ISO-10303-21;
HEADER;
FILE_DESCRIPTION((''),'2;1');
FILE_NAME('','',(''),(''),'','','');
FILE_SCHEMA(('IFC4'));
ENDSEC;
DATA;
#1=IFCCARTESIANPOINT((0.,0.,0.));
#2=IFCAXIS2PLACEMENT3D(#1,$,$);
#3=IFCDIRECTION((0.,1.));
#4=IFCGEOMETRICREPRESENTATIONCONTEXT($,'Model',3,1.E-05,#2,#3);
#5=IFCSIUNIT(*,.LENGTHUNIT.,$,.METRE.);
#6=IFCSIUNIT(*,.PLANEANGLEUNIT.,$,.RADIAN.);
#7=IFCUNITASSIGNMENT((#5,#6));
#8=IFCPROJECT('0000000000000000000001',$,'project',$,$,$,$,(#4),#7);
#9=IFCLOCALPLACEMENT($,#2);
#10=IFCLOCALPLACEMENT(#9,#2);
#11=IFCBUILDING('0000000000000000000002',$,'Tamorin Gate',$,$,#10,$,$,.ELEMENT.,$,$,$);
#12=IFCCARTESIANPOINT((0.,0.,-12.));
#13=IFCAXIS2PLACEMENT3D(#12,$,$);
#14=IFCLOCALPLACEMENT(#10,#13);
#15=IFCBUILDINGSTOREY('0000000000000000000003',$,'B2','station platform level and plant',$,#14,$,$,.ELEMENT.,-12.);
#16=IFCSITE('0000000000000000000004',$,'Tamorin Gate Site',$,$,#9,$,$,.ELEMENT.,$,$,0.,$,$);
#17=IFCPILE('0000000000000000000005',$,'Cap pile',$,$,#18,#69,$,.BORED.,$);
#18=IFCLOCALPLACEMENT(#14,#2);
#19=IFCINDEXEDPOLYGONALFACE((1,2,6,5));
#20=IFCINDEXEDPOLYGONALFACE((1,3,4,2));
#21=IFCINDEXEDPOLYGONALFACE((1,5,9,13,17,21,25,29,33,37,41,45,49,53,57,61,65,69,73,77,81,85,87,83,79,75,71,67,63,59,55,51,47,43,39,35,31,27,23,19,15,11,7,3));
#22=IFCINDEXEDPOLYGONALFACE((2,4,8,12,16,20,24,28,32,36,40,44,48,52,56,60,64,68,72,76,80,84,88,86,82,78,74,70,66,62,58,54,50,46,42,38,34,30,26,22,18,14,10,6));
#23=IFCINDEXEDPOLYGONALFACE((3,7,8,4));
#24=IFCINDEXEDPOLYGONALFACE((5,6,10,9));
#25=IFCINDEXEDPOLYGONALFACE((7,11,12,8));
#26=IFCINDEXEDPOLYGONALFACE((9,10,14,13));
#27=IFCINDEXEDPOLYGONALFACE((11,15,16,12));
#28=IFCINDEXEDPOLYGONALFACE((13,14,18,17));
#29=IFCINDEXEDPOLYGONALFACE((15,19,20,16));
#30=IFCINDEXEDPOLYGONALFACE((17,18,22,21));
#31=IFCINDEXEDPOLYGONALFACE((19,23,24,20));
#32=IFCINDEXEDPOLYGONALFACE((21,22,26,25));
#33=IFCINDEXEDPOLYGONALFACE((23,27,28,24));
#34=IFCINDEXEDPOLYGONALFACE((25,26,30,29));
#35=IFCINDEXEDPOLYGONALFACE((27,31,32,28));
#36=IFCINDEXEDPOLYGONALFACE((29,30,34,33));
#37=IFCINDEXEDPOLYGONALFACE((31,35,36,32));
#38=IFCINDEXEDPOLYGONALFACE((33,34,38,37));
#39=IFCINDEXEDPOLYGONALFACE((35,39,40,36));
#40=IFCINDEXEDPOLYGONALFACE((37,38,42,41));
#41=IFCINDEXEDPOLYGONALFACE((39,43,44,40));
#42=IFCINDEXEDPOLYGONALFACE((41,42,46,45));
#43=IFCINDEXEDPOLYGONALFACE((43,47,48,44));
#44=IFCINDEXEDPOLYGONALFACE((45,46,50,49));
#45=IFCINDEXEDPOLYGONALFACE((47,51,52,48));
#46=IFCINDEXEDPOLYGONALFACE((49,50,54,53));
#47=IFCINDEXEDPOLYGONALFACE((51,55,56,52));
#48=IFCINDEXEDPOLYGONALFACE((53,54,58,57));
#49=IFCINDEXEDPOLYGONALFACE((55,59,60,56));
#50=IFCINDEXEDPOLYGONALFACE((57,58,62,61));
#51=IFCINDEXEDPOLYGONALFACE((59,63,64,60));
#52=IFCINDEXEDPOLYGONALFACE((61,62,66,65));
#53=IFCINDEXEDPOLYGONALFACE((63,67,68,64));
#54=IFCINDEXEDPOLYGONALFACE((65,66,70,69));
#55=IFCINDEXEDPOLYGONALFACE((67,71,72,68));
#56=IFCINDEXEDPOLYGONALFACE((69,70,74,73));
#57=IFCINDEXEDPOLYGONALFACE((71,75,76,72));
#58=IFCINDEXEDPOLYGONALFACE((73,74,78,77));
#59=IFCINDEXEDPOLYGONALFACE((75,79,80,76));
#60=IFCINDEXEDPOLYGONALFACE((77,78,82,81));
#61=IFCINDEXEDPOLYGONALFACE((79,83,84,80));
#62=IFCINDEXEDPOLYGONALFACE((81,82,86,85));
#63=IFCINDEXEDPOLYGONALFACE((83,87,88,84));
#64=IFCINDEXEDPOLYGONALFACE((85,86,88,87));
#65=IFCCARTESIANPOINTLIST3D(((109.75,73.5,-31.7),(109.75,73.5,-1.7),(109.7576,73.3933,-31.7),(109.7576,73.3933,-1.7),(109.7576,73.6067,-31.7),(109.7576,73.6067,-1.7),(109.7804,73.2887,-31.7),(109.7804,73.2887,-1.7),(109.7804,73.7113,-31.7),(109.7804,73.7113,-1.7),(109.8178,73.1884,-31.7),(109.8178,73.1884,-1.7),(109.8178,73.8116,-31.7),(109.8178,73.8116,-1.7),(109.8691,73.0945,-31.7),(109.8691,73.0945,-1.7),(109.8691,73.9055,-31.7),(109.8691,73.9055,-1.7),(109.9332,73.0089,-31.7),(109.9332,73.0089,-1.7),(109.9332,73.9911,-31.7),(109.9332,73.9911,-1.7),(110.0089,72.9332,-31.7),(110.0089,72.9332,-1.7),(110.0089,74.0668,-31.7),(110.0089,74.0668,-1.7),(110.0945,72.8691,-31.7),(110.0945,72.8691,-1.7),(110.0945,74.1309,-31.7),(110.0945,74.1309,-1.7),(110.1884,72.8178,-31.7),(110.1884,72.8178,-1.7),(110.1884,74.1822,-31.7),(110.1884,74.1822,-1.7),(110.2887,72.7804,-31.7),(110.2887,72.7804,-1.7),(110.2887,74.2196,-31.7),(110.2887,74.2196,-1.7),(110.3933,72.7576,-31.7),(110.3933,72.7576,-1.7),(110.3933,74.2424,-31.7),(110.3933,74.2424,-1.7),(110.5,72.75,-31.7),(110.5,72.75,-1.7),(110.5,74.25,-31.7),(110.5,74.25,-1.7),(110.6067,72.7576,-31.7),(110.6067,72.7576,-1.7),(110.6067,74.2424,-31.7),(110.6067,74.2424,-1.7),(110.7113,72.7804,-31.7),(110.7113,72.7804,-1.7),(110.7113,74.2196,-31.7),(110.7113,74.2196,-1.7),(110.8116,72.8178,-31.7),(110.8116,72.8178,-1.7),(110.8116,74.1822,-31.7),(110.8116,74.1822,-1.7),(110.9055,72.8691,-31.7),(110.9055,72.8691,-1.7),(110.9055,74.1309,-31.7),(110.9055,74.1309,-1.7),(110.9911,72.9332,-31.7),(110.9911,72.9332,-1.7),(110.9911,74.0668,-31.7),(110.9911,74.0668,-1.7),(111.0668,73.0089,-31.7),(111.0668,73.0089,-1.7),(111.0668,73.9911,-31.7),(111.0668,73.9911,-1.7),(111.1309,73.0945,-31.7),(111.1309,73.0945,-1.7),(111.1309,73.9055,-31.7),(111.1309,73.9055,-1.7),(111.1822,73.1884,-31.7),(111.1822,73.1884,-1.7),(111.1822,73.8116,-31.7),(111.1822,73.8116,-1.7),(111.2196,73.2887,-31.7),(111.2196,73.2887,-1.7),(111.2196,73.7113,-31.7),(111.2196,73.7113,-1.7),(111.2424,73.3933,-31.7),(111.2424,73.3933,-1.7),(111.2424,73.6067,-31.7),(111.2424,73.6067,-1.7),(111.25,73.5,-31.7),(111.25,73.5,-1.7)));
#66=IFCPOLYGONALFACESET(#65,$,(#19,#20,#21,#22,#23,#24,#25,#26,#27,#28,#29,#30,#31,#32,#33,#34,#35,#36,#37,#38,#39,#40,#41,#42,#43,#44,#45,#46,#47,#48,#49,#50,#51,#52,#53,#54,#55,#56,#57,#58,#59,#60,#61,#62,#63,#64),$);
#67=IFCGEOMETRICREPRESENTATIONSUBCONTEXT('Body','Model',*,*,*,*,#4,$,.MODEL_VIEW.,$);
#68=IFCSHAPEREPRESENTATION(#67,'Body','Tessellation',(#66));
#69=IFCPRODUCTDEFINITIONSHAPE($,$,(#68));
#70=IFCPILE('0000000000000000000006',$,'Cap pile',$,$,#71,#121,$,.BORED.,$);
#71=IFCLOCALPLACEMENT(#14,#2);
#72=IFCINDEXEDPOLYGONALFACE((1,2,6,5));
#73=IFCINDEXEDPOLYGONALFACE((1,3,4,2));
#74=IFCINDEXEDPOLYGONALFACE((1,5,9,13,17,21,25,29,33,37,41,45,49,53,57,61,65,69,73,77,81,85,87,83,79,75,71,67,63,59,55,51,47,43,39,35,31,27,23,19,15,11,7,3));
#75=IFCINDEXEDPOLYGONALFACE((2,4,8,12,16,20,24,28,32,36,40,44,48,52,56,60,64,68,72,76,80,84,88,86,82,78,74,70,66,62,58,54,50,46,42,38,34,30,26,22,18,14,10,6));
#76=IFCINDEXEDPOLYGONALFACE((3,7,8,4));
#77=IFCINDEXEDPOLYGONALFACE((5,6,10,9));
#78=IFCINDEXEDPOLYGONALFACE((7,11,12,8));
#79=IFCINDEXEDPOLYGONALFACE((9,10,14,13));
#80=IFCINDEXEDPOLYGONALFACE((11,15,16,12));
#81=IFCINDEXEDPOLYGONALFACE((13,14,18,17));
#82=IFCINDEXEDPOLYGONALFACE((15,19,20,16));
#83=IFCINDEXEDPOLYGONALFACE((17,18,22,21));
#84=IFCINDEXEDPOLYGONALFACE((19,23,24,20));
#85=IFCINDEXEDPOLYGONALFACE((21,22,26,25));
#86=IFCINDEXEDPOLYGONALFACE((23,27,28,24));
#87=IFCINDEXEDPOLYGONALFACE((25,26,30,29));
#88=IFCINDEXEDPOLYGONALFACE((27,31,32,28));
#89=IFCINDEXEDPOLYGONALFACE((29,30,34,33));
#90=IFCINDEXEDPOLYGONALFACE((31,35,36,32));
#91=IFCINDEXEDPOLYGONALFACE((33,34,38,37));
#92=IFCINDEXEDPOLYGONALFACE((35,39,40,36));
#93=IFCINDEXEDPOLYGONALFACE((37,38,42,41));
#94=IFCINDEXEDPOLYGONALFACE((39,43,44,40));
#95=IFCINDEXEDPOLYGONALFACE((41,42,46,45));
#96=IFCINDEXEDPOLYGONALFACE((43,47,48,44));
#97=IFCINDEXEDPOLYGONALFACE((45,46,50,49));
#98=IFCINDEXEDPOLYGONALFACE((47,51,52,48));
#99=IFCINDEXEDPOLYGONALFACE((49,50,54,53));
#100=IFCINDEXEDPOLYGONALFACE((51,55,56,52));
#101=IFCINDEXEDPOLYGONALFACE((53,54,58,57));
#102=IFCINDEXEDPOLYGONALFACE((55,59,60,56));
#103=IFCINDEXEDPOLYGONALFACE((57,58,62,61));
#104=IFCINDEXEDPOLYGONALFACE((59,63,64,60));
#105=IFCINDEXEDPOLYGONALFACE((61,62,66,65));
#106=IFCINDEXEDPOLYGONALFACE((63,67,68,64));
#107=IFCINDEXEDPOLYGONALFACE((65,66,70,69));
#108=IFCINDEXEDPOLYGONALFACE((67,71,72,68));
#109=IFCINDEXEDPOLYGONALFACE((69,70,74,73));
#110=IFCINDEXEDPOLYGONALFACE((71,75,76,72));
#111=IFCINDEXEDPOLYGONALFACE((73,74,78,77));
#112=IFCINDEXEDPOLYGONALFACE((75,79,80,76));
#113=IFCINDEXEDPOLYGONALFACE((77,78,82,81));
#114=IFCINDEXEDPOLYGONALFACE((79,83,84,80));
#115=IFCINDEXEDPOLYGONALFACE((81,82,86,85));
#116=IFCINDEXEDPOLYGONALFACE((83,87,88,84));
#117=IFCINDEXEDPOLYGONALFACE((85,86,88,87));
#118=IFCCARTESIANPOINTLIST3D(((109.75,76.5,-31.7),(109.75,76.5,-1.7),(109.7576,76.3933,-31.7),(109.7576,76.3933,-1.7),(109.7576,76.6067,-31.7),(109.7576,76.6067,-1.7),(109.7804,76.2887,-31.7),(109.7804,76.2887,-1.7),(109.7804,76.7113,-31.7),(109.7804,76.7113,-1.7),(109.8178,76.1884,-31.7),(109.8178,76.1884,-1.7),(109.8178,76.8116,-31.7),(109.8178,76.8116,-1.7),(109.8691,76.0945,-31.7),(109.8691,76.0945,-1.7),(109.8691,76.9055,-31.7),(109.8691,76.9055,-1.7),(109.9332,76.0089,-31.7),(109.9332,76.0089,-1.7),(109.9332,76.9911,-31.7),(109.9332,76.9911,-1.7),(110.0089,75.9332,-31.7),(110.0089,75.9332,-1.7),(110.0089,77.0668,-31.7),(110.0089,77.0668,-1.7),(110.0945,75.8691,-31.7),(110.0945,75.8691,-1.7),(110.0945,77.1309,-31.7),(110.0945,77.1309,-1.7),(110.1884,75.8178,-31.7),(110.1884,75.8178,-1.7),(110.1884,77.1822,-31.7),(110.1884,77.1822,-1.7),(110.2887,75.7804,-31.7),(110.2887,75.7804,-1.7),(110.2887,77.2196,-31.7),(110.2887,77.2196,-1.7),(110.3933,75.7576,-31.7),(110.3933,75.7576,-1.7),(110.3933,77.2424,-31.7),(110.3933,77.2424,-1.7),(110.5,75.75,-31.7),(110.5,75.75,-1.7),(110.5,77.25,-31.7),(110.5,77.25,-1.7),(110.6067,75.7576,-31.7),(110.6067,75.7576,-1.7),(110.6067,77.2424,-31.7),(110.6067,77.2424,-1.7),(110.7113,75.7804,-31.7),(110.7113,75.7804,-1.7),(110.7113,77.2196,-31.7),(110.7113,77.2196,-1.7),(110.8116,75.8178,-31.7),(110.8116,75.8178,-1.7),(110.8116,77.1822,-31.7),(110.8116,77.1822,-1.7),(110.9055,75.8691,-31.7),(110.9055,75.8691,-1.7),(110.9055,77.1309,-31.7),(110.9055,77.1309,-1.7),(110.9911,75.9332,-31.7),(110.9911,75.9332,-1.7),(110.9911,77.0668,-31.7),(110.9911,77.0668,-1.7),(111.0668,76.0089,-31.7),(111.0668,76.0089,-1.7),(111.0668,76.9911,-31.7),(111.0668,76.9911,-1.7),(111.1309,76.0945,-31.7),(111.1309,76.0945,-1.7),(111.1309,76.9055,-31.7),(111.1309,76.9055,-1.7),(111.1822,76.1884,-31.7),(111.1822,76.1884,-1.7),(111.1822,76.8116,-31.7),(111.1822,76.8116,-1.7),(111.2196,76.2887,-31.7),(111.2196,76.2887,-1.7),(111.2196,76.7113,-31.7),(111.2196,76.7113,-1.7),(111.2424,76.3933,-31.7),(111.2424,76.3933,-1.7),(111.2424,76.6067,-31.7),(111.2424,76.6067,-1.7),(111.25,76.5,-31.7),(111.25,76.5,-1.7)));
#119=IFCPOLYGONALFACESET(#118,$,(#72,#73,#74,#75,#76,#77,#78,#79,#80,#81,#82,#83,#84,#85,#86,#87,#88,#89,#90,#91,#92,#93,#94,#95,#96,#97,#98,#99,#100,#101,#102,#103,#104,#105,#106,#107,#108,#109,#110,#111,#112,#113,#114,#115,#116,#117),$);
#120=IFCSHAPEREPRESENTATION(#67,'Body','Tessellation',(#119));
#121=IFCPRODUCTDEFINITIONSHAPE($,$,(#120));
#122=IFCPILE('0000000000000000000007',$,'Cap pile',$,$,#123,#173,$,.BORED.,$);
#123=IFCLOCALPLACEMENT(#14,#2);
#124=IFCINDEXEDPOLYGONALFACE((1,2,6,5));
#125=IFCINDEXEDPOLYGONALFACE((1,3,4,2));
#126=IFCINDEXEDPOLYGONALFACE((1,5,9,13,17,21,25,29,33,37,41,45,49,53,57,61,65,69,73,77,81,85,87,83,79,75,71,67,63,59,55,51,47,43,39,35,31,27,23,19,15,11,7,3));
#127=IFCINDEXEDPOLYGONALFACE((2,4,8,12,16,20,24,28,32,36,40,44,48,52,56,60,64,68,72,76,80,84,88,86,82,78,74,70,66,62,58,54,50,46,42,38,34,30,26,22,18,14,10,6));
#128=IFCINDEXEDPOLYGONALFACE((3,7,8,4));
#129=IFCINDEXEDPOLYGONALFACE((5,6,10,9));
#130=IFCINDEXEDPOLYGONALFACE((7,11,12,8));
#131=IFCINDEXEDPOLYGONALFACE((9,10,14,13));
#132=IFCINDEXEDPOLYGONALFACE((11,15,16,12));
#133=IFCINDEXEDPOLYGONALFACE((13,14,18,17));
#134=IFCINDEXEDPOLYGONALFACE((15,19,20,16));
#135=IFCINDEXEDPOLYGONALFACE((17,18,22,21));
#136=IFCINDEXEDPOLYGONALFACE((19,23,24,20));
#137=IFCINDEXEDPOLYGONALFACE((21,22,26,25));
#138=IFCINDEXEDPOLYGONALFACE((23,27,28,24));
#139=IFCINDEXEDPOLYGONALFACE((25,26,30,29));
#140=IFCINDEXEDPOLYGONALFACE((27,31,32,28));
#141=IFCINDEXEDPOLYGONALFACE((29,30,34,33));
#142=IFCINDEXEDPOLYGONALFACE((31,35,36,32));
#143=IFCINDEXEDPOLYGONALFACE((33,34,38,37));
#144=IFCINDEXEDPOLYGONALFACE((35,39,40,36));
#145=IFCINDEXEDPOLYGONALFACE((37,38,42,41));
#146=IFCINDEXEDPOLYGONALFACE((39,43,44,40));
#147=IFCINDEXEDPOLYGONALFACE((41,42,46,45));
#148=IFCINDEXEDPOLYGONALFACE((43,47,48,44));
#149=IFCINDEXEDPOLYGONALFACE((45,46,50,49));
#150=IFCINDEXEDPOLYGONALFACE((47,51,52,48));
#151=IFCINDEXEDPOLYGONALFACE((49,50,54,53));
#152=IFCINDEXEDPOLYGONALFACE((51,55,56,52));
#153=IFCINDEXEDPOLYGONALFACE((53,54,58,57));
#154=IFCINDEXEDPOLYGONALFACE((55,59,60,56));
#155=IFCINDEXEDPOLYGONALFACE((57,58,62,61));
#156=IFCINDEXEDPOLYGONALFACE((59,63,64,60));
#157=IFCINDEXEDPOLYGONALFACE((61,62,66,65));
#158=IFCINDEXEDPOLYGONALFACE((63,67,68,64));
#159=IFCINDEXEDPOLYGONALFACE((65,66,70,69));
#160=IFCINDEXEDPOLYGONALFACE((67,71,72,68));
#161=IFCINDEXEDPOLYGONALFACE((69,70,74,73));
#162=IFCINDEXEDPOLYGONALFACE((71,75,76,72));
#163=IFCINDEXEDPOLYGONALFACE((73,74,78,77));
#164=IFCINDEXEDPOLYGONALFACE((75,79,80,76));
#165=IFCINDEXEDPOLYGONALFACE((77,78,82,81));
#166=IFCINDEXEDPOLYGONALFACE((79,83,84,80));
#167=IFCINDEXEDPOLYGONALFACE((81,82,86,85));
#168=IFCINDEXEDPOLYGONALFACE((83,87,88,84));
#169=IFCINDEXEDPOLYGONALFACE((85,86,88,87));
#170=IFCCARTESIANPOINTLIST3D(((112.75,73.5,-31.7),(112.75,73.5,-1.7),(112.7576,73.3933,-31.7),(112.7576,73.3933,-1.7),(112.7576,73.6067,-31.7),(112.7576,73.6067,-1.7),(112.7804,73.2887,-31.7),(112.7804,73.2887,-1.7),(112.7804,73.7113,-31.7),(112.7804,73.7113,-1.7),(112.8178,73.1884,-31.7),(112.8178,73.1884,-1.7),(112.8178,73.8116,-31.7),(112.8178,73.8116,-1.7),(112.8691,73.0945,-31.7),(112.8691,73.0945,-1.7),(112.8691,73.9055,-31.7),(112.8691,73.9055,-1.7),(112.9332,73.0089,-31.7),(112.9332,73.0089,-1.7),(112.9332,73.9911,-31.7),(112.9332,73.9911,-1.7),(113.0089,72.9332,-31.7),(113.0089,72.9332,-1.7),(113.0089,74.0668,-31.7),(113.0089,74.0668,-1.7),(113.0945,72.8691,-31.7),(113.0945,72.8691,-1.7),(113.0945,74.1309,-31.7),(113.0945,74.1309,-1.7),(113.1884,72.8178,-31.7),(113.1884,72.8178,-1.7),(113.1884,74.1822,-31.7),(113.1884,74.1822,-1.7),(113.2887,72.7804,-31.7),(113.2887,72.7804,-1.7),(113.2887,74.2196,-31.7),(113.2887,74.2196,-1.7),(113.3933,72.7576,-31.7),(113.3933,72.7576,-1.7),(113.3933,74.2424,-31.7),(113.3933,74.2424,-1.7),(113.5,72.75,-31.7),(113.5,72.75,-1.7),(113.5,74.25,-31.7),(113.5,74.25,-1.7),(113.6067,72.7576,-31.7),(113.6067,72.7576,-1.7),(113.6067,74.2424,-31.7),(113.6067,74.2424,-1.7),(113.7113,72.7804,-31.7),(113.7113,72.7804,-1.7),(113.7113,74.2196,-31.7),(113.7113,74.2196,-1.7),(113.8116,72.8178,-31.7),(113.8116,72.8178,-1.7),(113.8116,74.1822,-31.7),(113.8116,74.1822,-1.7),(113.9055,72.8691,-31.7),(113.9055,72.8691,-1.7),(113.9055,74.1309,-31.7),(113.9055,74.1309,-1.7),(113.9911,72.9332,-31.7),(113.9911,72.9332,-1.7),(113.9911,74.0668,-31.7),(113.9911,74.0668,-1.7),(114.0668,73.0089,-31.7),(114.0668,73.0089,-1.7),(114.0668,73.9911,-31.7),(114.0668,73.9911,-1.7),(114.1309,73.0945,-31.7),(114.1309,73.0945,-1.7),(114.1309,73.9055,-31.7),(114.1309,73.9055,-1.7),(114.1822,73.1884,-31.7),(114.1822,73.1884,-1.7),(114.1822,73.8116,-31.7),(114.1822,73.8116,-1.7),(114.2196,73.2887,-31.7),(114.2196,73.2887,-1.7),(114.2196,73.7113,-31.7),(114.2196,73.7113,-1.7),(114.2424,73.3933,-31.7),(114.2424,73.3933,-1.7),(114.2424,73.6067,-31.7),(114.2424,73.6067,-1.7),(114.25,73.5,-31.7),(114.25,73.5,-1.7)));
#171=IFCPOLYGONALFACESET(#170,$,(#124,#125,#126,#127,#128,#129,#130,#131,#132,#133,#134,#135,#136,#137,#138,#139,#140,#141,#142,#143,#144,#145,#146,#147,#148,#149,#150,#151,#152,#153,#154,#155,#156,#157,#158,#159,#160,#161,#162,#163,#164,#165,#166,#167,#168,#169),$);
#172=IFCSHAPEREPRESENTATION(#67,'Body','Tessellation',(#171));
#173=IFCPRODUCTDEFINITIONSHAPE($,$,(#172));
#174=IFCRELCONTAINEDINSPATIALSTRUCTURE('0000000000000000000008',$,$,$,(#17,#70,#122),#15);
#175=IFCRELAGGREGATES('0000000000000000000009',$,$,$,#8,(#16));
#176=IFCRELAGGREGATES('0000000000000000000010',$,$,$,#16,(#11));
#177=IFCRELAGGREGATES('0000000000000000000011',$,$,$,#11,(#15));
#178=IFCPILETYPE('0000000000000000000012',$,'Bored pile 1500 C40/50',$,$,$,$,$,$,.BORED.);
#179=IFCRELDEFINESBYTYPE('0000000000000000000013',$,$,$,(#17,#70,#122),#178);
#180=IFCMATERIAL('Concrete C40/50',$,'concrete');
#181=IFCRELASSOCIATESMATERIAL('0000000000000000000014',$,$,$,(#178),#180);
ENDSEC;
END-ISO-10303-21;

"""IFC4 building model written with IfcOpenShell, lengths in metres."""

from ifc_helpers import new_model, si_unit, direction, frame, origin, origin_2d, place, context, subcontext, project, spatial, circle, extrude, material, material_profile, profile_set, type_object, element, save


model = new_model("IFC4")

# Units and contexts
model_context = context("Model", 3, precision=1e-05, world=origin(), true_north=direction((0.0, 1.0)))
body_context = subcontext(model_context, "Body", "Model", "MODEL_VIEW")
ifc_project = project(units=[si_unit("LENGTHUNIT", "METRE"), si_unit("PLANEANGLEUNIT", "RADIAN")], contexts=[model_context])

# Site, building, storey
site_placement = place(None, origin())
site = spatial("IfcSite", under=ifc_project, at=site_placement, Name="Tamorin Gate Site", CompositionType="ELEMENT", RefElevation=0.0)
building_placement = place(site_placement, origin())
building = spatial("IfcBuilding", under=site, at=building_placement, Name="Tamorin Gate", CompositionType="ELEMENT")
storey_placement = place(building_placement, frame((0.0, 0.0, -12.0)))
storey = spatial("IfcBuildingStorey", under=building, at=storey_placement, Name="B2", Description="station platform level and plant", CompositionType="ELEMENT", Elevation=-12.0)

# Piles
ifc_material_1 = material(Name="Concrete C40/50", Category="concrete")
ifc_material_profile_1 = material_profile(ifc_material_1, circle(Radius=0.75, at=origin_2d()))
ifc_profile_set_1 = profile_set([ifc_material_profile_1], Name="Concrete C40/50")
pile_type = type_object("IfcPileType", Name="Bored pile 1500 C40/50", PredefinedType="BORED", material=ifc_profile_set_1)
for number, where, z_axis, x_axis, name in (
    (1, (110.5, 73.5, -1.7), (0.0, 0.0, -1.0), (1.0, 0.0, 0.0), "Cap pile"),
    (2, (110.5, 76.5, -1.7), (0.0, 0.0, -1.0), (1.0, 0.0, 0.0), "Cap pile"),
    (3, (113.5, 73.5, -1.7), (0.0, 0.0, -1.0), (1.0, 0.0, 0.0), "Cap pile"),
):
    element("IfcPile", number, at=place(storey_placement, frame(where, z_axis=z_axis, x_axis=x_axis)), inside=storey, type_object=pile_type, Name=name, PredefinedType="BORED", context=body_context, shape_type="SweptSolid", body=[
        extrude(circle(Radius=0.75, at=origin_2d()), origin(), (0.0, 0.0, 1.0), 30.0),
    ])

save(model, "model.ifc")
